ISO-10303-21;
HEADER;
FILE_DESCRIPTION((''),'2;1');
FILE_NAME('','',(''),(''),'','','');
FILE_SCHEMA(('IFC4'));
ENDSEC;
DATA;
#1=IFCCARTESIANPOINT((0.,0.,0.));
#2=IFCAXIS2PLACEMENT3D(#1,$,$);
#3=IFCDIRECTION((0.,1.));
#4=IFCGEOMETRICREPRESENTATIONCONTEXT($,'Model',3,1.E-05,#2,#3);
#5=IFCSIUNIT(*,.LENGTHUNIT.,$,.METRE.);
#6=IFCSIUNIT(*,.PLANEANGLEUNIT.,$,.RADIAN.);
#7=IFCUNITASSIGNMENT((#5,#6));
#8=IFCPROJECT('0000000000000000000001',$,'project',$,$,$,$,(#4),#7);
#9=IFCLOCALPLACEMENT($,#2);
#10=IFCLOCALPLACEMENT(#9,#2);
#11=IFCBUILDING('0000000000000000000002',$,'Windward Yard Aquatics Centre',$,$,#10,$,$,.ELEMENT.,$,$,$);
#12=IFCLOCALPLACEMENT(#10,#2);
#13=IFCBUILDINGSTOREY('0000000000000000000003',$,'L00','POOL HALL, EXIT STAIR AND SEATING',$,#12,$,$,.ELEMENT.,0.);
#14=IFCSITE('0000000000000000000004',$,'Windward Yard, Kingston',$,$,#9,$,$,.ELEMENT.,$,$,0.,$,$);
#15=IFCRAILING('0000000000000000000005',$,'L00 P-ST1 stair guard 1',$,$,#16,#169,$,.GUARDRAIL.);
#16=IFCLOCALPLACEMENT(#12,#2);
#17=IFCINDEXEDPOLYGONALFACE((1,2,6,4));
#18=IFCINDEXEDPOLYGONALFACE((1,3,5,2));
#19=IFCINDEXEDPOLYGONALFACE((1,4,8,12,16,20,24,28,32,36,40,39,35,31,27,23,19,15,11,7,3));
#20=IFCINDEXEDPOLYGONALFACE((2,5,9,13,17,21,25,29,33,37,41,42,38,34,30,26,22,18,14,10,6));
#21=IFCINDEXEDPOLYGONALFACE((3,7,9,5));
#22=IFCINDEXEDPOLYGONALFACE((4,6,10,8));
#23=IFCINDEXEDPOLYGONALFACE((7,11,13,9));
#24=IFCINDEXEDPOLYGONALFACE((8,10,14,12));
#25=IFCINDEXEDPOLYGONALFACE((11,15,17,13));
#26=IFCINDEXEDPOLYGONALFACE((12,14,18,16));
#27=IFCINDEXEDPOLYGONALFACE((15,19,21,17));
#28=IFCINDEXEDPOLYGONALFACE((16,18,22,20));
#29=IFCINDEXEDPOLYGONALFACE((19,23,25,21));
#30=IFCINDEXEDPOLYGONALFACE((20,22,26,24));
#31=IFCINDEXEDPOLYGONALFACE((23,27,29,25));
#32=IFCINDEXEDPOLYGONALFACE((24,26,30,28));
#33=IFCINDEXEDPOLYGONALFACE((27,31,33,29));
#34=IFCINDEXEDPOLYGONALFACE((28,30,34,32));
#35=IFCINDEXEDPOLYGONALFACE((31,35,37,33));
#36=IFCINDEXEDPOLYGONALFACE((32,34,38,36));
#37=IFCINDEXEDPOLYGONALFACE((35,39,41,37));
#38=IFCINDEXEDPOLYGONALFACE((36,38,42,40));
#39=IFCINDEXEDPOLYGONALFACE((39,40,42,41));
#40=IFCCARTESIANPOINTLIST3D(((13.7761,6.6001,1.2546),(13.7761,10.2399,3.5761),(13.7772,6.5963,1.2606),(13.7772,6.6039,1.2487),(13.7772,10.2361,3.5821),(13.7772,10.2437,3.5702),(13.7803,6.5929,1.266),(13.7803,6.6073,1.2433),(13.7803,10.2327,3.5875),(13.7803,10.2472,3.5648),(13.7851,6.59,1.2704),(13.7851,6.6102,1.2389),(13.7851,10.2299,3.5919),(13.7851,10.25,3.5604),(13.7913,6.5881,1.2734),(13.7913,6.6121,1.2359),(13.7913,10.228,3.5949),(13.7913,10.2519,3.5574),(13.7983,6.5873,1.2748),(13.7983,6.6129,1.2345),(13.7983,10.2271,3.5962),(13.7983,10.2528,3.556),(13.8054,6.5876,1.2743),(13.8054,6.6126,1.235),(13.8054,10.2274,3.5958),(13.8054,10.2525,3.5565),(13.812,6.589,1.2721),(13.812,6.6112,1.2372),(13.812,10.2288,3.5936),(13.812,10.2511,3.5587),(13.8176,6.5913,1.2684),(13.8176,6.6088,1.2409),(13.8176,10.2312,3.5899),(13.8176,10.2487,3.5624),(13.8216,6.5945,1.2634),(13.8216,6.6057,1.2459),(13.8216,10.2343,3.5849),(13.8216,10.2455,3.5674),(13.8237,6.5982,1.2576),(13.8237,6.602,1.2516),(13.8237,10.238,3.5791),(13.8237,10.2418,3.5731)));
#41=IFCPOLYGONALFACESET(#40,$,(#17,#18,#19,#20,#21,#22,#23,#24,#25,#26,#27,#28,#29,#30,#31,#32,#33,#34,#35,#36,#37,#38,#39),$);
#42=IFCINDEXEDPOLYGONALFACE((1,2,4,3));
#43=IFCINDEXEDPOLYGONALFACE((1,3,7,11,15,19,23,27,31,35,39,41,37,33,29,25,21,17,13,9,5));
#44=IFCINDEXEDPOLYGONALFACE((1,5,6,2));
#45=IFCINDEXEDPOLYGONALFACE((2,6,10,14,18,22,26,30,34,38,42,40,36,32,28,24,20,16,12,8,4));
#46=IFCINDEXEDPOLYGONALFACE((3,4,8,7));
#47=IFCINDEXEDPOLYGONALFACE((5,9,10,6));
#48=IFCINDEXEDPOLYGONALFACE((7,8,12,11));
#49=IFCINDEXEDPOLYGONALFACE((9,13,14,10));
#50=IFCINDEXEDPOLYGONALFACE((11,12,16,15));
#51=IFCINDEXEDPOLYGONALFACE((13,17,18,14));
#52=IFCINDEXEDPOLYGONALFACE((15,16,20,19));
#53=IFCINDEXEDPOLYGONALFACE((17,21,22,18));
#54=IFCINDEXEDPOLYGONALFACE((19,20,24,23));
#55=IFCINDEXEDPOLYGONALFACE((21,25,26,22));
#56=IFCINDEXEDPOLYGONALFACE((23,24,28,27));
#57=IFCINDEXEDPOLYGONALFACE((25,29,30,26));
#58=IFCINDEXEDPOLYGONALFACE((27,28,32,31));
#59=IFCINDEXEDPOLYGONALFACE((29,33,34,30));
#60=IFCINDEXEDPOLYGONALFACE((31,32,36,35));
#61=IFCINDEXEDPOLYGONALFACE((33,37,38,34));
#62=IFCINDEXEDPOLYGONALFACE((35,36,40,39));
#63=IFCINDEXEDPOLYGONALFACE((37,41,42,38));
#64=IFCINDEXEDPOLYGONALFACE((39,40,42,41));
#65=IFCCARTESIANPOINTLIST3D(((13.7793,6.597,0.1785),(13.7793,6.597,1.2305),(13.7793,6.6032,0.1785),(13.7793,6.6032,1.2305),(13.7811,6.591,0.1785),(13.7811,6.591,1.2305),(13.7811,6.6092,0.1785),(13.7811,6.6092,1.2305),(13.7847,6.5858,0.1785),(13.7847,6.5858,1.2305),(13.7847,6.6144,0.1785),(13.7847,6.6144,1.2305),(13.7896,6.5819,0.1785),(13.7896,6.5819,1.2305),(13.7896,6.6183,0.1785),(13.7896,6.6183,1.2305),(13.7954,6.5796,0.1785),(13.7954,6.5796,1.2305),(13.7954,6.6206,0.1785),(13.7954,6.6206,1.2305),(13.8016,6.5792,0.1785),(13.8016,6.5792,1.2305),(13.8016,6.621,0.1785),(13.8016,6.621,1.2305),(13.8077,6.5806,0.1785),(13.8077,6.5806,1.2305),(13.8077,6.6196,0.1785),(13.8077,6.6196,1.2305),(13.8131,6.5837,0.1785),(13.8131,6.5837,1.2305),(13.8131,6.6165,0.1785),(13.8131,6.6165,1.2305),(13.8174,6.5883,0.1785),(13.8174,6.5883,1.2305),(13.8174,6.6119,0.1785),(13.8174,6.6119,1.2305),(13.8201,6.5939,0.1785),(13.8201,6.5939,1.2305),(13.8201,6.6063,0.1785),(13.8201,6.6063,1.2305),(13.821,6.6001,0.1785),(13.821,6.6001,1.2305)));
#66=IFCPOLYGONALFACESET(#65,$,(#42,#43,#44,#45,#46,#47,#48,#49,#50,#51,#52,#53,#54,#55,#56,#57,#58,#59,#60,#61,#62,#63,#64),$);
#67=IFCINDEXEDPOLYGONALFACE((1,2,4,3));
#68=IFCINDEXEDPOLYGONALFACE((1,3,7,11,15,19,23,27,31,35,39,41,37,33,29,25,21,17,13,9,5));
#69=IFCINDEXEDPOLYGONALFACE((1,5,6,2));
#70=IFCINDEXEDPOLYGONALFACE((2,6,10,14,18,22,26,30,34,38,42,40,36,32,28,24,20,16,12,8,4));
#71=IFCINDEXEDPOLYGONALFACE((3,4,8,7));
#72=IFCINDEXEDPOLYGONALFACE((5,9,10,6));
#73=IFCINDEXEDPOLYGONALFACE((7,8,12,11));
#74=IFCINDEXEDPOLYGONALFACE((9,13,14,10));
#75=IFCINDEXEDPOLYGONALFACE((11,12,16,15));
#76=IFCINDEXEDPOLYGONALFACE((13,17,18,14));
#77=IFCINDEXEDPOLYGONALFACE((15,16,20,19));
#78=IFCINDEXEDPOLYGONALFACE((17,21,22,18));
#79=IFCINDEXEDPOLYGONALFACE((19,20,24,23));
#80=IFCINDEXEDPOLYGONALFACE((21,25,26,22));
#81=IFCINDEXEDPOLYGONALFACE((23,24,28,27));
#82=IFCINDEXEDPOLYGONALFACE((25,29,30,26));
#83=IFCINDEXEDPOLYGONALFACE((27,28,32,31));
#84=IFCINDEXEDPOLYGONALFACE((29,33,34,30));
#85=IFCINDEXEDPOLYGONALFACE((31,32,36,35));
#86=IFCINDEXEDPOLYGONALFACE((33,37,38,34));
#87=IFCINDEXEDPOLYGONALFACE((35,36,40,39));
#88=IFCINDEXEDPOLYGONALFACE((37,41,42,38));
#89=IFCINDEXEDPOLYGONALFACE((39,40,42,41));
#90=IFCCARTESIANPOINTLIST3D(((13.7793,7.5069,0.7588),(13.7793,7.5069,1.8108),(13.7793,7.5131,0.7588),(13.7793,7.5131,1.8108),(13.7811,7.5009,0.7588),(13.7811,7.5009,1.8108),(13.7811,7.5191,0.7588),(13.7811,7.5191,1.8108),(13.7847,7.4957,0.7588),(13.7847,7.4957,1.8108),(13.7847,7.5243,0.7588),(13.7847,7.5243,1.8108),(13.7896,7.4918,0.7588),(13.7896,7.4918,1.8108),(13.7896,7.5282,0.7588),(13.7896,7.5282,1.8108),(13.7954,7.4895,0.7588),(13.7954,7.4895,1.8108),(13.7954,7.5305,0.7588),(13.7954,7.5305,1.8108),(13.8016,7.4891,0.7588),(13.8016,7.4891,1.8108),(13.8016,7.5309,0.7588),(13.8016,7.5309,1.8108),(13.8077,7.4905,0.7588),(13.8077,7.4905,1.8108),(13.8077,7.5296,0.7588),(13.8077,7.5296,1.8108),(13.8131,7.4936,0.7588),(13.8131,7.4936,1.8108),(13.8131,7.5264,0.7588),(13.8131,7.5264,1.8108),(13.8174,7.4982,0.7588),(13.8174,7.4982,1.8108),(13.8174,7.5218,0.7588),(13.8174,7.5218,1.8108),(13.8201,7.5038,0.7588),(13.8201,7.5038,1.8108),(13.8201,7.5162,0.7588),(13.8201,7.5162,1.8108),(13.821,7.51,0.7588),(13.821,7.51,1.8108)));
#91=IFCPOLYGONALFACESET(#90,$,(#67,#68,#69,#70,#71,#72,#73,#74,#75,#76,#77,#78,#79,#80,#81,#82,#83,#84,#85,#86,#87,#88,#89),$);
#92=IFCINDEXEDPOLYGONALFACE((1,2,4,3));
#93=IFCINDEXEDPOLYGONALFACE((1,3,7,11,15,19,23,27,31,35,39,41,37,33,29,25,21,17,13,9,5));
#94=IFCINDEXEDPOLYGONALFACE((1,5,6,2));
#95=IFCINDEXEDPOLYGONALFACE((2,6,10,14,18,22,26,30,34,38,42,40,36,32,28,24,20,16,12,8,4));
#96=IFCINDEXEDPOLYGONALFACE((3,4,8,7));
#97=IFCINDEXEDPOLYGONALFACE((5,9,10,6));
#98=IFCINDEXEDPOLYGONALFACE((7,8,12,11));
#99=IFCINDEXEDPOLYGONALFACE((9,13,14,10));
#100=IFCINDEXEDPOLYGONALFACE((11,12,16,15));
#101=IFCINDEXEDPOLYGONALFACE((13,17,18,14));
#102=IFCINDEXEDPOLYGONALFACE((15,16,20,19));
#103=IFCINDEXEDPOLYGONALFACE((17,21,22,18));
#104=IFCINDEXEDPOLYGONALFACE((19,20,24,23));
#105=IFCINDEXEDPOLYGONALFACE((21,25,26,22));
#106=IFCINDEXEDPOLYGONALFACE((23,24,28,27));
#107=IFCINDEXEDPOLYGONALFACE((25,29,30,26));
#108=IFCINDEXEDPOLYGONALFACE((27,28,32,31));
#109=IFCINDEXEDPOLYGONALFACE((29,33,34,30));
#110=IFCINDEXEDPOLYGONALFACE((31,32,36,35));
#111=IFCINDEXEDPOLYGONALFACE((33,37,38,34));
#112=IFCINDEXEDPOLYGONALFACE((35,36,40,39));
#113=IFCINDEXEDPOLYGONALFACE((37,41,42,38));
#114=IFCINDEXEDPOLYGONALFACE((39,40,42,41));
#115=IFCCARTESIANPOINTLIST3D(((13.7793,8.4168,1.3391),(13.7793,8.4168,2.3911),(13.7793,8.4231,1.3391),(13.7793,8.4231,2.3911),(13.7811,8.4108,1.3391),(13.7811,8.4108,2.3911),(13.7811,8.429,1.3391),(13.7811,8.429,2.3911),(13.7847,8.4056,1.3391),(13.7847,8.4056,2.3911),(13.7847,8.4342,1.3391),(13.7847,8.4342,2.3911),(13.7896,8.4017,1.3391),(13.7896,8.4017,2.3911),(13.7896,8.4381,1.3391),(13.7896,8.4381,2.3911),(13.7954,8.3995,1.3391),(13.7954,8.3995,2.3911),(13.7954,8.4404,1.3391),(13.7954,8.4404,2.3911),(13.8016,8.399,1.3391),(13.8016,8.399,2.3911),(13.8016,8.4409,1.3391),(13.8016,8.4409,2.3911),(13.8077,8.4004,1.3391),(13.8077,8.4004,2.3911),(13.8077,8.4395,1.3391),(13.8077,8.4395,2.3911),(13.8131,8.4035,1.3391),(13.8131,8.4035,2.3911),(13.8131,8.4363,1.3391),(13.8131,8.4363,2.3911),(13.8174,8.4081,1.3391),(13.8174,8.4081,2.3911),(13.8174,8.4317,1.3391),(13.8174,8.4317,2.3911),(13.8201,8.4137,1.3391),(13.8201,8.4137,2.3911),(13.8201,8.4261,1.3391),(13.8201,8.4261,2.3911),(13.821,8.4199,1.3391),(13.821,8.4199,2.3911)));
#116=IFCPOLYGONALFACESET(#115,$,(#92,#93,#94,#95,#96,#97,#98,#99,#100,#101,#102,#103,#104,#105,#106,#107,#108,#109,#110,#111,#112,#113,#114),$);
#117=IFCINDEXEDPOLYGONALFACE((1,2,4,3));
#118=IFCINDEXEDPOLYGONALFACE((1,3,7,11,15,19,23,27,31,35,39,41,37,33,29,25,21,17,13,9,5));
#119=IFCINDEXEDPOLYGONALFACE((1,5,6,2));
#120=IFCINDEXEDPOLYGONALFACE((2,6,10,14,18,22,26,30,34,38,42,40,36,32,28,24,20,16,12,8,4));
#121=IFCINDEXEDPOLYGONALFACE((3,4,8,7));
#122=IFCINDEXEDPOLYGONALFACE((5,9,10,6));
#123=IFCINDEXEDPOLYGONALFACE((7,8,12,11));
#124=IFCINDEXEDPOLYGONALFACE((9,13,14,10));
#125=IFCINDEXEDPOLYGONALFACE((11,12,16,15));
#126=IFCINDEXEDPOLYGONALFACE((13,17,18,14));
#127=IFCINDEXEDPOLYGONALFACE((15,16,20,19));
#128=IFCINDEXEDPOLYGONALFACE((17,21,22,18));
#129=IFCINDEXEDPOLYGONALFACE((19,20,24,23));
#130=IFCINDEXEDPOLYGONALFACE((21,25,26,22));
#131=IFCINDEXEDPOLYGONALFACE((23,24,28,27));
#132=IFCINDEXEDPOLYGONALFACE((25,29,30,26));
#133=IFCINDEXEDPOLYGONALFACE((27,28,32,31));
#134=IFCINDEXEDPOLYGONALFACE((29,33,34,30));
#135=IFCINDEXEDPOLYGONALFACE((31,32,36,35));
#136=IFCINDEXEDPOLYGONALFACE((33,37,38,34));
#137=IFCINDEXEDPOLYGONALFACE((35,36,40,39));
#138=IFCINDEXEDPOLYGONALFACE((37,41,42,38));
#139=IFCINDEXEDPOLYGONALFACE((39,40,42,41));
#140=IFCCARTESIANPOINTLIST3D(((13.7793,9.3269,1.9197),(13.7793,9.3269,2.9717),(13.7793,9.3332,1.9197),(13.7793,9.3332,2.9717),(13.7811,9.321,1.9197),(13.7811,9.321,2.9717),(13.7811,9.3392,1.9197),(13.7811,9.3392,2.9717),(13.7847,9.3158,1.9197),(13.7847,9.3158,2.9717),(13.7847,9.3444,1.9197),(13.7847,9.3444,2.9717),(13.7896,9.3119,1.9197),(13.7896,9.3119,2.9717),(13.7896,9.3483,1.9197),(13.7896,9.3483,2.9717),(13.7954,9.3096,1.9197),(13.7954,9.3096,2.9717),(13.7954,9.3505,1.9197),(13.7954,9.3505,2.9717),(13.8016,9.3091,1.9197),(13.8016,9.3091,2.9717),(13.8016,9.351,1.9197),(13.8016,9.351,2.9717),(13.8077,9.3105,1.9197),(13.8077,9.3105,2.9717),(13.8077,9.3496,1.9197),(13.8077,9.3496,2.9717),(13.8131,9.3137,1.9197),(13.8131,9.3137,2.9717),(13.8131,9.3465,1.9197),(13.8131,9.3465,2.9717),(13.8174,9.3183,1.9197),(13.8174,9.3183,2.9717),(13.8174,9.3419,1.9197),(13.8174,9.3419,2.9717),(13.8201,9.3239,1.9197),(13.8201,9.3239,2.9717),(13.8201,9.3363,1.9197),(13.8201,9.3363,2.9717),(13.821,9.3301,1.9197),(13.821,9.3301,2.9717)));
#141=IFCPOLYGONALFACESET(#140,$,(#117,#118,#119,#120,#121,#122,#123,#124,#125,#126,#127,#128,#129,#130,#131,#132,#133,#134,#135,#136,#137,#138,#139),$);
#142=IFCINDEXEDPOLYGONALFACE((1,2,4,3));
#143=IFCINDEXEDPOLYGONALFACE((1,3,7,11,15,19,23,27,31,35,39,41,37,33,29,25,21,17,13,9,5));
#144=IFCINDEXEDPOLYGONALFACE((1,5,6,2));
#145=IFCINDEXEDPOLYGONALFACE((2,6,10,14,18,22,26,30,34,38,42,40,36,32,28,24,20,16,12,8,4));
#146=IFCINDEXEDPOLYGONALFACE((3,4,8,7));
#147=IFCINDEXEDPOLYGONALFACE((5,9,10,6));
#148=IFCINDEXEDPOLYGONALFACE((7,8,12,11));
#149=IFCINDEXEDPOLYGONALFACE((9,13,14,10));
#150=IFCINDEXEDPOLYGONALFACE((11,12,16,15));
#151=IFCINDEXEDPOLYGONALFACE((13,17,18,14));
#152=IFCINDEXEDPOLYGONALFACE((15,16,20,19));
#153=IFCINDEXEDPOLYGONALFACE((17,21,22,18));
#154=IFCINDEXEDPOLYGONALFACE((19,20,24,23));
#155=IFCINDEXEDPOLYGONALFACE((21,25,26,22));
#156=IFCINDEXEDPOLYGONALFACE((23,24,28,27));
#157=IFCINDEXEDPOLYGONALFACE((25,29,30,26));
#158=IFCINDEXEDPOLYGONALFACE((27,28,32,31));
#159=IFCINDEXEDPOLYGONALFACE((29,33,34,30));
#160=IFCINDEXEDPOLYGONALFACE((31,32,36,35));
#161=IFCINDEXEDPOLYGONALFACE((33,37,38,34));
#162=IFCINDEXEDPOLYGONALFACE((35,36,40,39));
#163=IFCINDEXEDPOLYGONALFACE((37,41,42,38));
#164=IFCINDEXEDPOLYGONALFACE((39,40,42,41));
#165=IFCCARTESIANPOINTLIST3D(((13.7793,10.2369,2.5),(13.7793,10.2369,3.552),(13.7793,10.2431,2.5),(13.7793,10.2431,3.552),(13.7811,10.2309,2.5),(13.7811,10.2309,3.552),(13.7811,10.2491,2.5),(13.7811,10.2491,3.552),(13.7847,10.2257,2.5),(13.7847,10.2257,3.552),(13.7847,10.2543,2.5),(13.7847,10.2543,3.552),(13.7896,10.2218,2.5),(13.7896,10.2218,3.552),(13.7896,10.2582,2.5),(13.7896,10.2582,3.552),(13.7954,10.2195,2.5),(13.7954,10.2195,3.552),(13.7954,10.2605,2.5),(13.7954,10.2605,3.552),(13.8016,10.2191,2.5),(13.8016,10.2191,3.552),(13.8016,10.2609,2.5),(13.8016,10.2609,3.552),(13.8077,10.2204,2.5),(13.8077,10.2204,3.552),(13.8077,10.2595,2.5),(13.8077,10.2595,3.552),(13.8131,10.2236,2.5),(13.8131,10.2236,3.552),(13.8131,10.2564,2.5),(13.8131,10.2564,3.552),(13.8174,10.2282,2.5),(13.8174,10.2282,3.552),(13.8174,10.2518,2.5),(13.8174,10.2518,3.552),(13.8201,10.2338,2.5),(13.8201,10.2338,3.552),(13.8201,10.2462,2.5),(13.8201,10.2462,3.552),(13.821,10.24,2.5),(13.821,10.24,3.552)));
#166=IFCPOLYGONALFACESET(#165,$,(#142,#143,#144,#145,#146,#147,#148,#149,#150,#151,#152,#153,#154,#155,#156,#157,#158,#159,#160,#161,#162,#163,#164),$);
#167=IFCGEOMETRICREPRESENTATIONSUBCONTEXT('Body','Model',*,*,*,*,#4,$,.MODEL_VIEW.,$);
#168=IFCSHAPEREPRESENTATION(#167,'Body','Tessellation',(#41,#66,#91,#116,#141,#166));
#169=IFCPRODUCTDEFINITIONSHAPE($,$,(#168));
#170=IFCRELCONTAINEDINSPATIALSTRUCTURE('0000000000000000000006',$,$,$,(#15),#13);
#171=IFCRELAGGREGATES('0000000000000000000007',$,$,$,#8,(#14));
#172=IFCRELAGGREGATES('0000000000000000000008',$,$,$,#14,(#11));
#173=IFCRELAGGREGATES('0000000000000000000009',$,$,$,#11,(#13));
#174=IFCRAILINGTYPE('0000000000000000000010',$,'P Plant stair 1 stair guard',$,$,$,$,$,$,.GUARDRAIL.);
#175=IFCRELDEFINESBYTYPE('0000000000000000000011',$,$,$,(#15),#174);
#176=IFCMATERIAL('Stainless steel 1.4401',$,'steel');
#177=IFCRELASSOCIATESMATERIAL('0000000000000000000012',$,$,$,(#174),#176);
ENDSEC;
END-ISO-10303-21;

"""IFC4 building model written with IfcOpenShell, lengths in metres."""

from ifc_helpers import new_model, si_unit, direction, frame, origin, origin_2d, place, context, subcontext, project, spatial, circle, extrude, material, type_object, element, save


model = new_model("IFC4")

# Units and contexts
model_context = context("Model", 3, precision=1e-05, world=origin(), true_north=direction((0.0, 1.0)))
body_context = subcontext(model_context, "Body", "Model", "MODEL_VIEW")
ifc_project = project(units=[si_unit("LENGTHUNIT", "METRE"), si_unit("PLANEANGLEUNIT", "RADIAN")], contexts=[model_context])

# Site, building, storey
site_placement = place(None, origin())
site = spatial("IfcSite", under=ifc_project, at=site_placement, Name="Windward Yard, Kingston", CompositionType="ELEMENT", RefElevation=0.0)
building_placement = place(site_placement, origin())
building = spatial("IfcBuilding", under=site, at=building_placement, Name="Windward Yard Aquatics Centre", CompositionType="ELEMENT")
storey_placement = place(building_placement, origin())
storey = spatial("IfcBuildingStorey", under=building, at=storey_placement, Name="L00", Description="POOL HALL, EXIT STAIR AND SEATING", CompositionType="ELEMENT", Elevation=0.0)

# Railing
ifc_material_1 = material(Name="Stainless steel 1.4401", Category="steel")
railing_type_1 = type_object("IfcRailingType", Name="P Plant stair 1 stair guard", PredefinedType="GUARDRAIL", material=ifc_material_1)
railing_1_placement = place(storey_placement, frame((13.8, 6.6001, 0.1785)))
element("IfcRailing", 1, at=railing_1_placement, inside=storey, type_object=railing_type_1, Name="L00 P-ST1 stair guard 1", PredefinedType="GUARDRAIL", context=body_context, shape_type="SweptSolid", body=[
    extrude(circle(Radius=0.0239, at=origin_2d()), frame((0.0, 0.0, 1.0762), z_axis=(0.0, 0.843112, 0.537739), x_axis=(-1.0, 0.0, 0.0)), (0.0, 0.0, 1.0), 4.3171),
    extrude(circle(Radius=0.021, at=origin_2d()), origin(), (0.0, 0.0, 1.0), 1.052),
    extrude(circle(Radius=0.021, at=origin_2d()), frame((0.0, 0.9099, 0.5803)), (0.0, 0.0, 1.0), 1.052),
    extrude(circle(Radius=0.021, at=origin_2d()), frame((0.0, 1.8198, 1.1606)), (0.0, 0.0, 1.0), 1.052),
    extrude(circle(Radius=0.021, at=origin_2d()), frame((0.0, 2.73, 1.7412)), (0.0, 0.0, 1.0), 1.052),
    extrude(circle(Radius=0.021, at=origin_2d()), frame((0.0, 3.6399, 2.3215)), (0.0, 0.0, 1.0), 1.052),
])

save(model, "model.ifc")
